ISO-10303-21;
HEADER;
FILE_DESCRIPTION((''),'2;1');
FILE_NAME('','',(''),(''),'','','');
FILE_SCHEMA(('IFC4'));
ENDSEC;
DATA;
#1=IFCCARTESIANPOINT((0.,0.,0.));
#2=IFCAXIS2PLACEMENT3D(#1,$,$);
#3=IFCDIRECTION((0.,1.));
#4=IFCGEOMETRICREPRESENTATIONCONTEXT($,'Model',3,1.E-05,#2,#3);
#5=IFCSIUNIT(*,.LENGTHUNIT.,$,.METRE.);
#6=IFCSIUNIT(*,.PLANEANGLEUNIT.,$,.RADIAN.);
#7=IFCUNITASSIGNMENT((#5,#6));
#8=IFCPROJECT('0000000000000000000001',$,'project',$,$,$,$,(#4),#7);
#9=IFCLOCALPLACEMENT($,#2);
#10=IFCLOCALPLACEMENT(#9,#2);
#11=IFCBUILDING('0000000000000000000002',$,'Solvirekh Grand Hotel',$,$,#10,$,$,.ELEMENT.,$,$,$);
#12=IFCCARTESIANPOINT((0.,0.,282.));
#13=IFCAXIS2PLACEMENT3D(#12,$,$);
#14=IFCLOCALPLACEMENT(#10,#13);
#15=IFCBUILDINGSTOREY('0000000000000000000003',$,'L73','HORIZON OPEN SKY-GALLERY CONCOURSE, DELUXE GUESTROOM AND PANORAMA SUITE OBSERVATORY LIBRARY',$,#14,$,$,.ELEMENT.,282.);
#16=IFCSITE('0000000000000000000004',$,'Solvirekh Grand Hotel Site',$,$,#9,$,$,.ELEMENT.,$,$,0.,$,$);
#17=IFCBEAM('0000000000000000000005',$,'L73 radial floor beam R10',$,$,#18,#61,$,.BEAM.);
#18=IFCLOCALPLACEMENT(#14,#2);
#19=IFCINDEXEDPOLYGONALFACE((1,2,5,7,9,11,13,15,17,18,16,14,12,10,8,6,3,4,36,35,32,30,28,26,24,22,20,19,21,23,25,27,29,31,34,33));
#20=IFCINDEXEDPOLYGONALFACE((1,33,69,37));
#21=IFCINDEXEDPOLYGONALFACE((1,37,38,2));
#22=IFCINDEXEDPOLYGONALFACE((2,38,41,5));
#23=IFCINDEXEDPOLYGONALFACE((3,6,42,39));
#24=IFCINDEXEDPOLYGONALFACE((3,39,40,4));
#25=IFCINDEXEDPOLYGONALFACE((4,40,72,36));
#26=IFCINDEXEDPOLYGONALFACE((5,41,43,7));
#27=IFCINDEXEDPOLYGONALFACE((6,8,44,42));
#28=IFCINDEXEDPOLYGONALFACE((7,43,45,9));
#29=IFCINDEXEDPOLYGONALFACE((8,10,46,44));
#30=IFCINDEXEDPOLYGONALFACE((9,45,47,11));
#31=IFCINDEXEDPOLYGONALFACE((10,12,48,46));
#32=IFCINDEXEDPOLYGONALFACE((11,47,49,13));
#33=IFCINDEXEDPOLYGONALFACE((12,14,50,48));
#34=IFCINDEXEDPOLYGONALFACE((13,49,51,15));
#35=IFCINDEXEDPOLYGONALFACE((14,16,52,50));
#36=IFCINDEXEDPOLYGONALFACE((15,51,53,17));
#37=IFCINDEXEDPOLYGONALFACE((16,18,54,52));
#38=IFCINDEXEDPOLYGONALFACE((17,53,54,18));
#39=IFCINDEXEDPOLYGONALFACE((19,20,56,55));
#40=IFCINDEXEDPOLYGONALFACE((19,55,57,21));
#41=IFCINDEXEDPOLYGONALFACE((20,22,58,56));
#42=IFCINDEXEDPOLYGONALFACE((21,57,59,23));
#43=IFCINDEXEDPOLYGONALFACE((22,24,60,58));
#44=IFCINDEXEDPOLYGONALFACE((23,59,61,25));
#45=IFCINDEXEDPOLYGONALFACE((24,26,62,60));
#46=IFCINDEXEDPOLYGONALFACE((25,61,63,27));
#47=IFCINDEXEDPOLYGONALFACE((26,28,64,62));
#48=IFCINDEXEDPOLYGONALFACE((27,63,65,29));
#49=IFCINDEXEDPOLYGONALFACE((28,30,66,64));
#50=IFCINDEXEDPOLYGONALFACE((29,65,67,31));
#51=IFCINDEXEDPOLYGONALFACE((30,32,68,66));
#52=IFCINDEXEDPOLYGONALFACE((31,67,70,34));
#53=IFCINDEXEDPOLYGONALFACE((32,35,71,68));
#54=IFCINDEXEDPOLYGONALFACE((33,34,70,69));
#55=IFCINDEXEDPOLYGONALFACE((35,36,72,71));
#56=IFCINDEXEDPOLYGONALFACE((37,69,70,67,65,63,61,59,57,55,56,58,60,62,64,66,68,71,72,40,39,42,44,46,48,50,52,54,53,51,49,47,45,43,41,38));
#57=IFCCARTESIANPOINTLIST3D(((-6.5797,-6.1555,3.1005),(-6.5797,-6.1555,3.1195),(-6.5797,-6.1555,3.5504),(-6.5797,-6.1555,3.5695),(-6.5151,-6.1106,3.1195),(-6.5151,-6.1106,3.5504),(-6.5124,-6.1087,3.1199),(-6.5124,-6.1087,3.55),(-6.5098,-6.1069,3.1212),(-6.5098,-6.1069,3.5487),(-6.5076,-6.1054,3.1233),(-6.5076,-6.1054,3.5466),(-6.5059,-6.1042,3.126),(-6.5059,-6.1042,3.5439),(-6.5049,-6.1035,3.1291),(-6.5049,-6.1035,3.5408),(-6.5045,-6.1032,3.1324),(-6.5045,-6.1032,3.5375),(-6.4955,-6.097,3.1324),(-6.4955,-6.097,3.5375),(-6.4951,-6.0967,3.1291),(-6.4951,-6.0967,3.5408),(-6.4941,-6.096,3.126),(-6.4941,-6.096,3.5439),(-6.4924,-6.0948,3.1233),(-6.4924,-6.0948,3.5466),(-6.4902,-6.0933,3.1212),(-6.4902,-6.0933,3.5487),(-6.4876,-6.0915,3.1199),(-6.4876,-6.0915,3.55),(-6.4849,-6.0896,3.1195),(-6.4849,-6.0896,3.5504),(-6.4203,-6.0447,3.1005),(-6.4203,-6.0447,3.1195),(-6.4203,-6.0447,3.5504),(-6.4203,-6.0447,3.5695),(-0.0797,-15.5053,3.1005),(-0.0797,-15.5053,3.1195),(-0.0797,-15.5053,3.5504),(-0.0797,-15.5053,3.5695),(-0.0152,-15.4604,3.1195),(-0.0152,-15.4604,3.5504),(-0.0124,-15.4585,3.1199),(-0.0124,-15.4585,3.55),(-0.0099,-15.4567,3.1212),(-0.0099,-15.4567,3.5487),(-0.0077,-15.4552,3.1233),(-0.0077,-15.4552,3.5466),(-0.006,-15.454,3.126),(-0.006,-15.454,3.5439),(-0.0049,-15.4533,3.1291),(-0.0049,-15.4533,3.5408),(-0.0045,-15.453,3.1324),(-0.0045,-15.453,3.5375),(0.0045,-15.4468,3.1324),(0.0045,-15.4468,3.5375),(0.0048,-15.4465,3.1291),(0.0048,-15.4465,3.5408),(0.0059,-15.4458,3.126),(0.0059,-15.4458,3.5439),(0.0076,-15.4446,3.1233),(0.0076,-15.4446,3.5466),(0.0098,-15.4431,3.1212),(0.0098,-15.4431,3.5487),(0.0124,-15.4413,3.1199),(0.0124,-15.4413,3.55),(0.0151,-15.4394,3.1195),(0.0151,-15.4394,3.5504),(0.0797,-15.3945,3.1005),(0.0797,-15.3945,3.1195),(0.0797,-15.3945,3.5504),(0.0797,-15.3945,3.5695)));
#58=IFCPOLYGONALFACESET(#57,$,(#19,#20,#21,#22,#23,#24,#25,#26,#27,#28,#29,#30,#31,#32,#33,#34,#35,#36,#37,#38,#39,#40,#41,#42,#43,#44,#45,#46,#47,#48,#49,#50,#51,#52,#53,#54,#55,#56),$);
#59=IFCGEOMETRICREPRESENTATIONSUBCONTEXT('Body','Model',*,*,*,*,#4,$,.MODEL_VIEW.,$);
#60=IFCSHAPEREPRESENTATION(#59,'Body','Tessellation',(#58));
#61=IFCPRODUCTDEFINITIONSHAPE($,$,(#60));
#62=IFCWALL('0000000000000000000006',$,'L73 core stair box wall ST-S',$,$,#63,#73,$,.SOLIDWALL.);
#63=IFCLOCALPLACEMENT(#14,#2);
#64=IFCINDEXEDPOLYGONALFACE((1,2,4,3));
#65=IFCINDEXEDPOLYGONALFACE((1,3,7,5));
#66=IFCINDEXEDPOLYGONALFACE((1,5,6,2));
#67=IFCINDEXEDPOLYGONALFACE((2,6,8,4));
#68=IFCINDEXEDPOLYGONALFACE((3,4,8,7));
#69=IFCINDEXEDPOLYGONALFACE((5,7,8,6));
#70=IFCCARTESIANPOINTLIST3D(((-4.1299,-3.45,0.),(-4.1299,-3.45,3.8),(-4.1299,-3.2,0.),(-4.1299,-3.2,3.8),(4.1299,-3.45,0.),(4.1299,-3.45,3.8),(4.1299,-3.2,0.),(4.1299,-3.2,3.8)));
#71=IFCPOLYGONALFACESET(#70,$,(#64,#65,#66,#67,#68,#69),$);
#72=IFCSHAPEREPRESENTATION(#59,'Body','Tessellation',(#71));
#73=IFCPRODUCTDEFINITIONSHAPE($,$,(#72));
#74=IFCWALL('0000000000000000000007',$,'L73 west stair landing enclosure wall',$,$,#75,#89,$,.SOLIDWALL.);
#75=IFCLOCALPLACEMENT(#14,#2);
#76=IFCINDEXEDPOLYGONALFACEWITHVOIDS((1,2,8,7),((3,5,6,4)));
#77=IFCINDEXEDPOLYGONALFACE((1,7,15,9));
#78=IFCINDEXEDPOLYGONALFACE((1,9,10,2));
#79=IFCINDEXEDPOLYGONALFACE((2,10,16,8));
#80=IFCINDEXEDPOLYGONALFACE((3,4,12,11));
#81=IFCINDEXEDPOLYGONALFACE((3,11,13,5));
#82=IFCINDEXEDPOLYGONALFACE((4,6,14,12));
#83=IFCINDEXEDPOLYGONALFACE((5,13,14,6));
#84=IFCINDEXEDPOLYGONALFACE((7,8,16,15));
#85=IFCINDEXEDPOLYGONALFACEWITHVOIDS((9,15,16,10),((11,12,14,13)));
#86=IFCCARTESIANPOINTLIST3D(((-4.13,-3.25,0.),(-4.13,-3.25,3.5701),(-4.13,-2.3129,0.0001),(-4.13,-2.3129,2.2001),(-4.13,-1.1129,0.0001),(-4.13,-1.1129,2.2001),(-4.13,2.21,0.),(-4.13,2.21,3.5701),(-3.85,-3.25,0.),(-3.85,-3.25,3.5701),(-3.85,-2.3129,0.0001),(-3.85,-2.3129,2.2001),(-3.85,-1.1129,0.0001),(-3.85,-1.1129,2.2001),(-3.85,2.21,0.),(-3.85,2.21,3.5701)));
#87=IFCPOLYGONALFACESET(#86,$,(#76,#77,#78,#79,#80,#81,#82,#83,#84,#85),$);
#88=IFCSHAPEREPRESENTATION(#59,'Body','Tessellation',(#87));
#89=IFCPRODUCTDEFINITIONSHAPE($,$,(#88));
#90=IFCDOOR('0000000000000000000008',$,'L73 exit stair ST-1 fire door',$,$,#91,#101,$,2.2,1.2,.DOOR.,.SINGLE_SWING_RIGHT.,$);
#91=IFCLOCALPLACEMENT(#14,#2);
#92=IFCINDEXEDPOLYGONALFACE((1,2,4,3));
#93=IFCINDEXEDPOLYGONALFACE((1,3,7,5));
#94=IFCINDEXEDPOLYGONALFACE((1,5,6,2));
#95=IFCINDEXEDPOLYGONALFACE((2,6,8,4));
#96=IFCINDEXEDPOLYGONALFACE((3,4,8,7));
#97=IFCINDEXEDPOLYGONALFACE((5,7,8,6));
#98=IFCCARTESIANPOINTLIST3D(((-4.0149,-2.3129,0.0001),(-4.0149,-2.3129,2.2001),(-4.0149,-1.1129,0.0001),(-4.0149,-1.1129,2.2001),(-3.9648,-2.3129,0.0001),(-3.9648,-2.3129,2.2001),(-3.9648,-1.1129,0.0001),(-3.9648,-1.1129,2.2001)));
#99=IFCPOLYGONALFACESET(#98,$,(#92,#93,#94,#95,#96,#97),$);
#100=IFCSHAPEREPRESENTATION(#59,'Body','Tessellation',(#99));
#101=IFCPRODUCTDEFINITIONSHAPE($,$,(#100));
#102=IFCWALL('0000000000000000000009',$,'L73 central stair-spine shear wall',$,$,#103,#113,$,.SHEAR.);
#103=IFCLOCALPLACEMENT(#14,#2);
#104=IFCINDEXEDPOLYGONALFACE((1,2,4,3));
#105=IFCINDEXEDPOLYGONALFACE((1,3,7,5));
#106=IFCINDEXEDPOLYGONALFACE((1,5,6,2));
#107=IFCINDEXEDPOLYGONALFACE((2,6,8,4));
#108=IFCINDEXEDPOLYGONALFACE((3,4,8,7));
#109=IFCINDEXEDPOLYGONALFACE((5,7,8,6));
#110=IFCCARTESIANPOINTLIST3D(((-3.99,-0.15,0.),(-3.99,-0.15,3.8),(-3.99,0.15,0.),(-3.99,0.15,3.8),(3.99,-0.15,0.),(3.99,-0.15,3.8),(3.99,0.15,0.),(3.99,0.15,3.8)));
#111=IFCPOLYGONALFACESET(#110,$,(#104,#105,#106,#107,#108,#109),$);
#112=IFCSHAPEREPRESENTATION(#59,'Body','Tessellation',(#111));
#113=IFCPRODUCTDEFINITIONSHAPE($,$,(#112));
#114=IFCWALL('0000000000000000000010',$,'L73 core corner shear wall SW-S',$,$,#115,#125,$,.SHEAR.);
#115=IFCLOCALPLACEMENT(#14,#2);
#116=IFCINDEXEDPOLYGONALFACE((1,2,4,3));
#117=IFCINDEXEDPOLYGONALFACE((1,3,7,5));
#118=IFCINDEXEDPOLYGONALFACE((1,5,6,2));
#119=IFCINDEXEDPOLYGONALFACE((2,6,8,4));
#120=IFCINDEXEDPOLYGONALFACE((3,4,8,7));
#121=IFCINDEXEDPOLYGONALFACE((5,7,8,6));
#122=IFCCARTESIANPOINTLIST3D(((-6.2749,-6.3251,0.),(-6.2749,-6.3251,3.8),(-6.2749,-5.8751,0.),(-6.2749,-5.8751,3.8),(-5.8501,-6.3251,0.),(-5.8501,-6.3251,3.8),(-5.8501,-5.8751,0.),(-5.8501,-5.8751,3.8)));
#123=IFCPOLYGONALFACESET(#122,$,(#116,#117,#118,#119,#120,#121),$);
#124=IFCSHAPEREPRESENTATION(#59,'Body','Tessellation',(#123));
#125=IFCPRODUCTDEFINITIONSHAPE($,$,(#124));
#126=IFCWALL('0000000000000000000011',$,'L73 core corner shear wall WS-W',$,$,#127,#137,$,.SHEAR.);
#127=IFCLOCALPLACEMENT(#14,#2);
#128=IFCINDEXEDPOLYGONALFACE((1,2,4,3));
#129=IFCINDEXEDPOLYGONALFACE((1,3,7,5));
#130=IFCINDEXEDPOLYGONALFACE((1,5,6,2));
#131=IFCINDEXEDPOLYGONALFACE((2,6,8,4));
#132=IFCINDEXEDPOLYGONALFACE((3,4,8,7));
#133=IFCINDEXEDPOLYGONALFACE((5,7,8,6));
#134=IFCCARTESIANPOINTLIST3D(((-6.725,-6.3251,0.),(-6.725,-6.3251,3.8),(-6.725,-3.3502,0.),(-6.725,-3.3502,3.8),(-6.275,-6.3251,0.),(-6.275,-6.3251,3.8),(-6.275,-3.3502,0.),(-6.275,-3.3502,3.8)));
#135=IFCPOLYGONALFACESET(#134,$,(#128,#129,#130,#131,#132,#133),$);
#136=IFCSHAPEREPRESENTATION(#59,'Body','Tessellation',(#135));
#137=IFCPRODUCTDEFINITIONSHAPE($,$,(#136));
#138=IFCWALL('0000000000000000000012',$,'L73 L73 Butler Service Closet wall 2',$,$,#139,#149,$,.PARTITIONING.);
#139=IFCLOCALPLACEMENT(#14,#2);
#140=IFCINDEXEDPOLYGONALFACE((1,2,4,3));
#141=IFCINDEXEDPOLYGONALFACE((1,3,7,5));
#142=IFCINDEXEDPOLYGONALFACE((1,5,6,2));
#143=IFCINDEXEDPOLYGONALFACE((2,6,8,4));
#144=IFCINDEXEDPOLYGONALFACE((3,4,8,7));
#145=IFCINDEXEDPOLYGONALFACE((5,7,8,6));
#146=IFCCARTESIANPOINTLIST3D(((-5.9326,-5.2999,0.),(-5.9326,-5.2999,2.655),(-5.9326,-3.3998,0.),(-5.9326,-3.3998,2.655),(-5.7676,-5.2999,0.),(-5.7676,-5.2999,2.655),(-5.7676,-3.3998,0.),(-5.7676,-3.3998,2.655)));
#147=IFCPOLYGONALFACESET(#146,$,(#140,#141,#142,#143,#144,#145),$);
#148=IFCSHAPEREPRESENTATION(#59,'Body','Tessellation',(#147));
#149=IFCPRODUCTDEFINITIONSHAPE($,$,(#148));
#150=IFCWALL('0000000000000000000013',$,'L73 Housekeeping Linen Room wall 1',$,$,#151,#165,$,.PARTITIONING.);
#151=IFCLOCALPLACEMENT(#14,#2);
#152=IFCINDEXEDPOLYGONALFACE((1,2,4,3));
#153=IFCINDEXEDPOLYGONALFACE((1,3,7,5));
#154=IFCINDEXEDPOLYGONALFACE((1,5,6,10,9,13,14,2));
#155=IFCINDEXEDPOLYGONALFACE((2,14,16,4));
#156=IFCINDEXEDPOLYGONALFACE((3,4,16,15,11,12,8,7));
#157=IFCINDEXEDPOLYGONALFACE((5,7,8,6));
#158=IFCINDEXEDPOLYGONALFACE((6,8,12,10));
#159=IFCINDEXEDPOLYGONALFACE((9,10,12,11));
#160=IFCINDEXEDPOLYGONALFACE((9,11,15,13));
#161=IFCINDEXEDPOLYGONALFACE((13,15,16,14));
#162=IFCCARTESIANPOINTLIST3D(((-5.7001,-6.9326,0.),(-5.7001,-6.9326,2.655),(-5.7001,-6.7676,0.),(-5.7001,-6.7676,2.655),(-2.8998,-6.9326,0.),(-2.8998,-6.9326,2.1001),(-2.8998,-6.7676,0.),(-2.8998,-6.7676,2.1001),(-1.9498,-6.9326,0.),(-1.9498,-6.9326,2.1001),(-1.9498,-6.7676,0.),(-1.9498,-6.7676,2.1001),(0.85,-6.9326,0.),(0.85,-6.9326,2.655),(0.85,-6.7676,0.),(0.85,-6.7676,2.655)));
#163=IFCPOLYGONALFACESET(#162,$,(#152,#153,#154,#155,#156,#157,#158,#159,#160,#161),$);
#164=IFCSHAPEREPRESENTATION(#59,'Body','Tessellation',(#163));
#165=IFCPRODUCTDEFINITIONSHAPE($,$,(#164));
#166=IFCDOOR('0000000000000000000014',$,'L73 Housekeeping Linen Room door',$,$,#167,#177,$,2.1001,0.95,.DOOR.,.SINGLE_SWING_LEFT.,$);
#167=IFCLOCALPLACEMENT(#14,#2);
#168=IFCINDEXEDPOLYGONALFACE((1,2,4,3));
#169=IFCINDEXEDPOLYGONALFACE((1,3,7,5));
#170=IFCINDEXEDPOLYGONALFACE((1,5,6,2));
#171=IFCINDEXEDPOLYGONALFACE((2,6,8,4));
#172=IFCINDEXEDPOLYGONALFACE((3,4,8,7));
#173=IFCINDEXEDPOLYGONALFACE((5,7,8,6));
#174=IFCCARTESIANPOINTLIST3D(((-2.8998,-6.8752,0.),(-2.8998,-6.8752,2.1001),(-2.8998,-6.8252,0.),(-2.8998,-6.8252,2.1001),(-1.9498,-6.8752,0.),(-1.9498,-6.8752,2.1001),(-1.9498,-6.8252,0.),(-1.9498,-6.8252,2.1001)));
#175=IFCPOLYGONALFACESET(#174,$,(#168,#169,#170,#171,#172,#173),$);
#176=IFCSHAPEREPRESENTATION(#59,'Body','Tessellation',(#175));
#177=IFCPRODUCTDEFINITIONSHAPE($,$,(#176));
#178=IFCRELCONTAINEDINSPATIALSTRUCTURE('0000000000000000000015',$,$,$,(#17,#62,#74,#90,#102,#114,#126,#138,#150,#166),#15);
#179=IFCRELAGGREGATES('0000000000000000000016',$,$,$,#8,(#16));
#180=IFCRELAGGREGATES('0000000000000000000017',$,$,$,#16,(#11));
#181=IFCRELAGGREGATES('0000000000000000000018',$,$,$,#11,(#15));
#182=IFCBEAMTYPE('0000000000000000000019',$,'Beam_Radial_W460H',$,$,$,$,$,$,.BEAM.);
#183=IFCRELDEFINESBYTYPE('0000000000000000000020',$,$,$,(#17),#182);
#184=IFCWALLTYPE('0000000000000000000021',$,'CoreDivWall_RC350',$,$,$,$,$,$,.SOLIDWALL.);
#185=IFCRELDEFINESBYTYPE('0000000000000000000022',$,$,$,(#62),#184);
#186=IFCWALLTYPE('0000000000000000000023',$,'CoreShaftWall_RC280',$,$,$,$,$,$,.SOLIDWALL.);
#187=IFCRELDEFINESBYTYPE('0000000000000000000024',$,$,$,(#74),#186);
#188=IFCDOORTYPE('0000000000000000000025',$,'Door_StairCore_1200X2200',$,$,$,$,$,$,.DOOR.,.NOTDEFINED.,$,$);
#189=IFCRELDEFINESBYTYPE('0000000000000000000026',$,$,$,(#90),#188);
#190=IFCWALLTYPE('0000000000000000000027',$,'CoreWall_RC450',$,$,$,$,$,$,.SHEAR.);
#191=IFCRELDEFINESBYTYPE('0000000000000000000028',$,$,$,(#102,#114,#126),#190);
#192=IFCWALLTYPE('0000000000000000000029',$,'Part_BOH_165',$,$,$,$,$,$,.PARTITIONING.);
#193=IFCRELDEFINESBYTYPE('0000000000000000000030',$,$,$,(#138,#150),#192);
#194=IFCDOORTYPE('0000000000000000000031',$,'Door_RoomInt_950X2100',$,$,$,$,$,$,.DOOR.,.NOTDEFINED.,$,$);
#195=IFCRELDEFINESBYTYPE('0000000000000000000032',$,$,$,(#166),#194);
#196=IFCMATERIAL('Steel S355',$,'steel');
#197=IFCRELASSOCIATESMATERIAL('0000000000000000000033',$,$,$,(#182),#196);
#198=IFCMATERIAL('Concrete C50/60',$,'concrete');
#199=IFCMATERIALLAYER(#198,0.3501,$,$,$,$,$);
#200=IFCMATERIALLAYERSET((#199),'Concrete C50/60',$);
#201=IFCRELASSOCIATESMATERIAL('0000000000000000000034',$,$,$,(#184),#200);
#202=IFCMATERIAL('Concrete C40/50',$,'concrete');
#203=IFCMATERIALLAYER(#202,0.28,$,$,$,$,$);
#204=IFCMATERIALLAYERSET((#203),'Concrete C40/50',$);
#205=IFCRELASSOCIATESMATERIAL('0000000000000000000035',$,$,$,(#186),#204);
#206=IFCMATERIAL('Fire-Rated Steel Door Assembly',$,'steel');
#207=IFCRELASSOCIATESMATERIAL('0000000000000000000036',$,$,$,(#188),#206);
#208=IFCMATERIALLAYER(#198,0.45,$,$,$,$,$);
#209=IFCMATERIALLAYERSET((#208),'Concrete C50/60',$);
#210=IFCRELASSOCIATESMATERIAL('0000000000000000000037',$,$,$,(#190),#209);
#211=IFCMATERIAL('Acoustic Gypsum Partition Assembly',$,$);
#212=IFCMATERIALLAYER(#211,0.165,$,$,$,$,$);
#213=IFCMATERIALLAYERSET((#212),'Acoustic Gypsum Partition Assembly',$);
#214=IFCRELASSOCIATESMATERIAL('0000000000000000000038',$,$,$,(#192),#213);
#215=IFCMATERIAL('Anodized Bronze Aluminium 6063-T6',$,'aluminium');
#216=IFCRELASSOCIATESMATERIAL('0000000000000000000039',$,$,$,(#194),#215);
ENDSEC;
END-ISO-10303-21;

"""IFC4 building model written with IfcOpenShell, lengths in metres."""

from ifc_helpers import new_model, si_unit, direction, frame, frame_2d, origin, origin_2d, place, context, subcontext, project, spatial, rectangle, i_section, extrude, material, layer, layer_set, material_profile, profile_set, type_object, element, fill, save


model = new_model("IFC4")

# Units and contexts
model_context = context("Model", 3, precision=1e-05, world=origin(), true_north=direction((0.0, 1.0)))
body_context = subcontext(model_context, "Body", "Model", "MODEL_VIEW")
ifc_project = project(units=[si_unit("LENGTHUNIT", "METRE"), si_unit("PLANEANGLEUNIT", "RADIAN")], contexts=[model_context])

# Site, building, storey
site_placement = place(None, origin())
site = spatial("IfcSite", under=ifc_project, at=site_placement, Name="Solvirekh Grand Hotel Site", CompositionType="ELEMENT", RefElevation=0.0)
building_placement = place(site_placement, origin())
building = spatial("IfcBuilding", under=site, at=building_placement, Name="Solvirekh Grand Hotel", CompositionType="ELEMENT")
storey_placement = place(building_placement, frame((0.0, 0.0, 282.0)))
storey = spatial("IfcBuildingStorey", under=building, at=storey_placement, Name="L73", Description="HORIZON OPEN SKY-GALLERY CONCOURSE, DELUXE GUESTROOM AND PANORAMA SUITE OBSERVATORY LIBRARY", CompositionType="ELEMENT", Elevation=282.0)

# Shared definitions
ifc_material_1 = material(Name="Concrete C50/60", Category="concrete")

# Beam
ifc_material_2 = material(Name="Steel S355", Category="steel")
ifc_material_profile_1 = material_profile(ifc_material_2, i_section(OverallWidth=0.1941, OverallDepth=0.469, WebThickness=0.011, FlangeThickness=0.019, FilletRadius=0.0129, at=origin_2d()), Name="W460X106")
ifc_profile_set_1 = profile_set([ifc_material_profile_1], Name="Steel S355")
beam_type_1 = type_object("IfcBeamType", Name="Beam_Radial_W460H", PredefinedType="BEAM", material=ifc_profile_set_1)
beam_1_placement = place(storey_placement, frame((-6.5, -6.1001, 3.335), z_axis=(0.570813, -0.82108, 0.0), x_axis=(0.82108, 0.570813, 0.0)))
element("IfcBeam", 1, at=beam_1_placement, inside=storey, type_object=beam_type_1, Name="L73 radial floor beam R10", PredefinedType="BEAM", context=body_context, shape_type="SweptSolid", body=[
    extrude(i_section(OverallWidth=0.1941, OverallDepth=0.469, WebThickness=0.011, FlangeThickness=0.019, FilletRadius=0.0129, at=origin_2d()), origin(), (0.0, 0.0, 1.0), 11.3872),
])

# Wall
ifc_layer_1 = layer(ifc_material_1, 0.3501)
ifc_layer_set_1 = layer_set([ifc_layer_1], Name="Concrete C50/60")
wall_type_1 = type_object("IfcWallType", Name="CoreDivWall_RC350", PredefinedType="SOLIDWALL", material=ifc_layer_set_1)
wall_1_placement = place(storey_placement, frame((-4.1299, -3.325, 0.0), z_axis=(0.0, 0.0, 1.0), x_axis=(1.0, 0.0, 0.0)))
element("IfcWall", 2, at=wall_1_placement, inside=storey, type_object=wall_type_1, Name="L73 core stair box wall ST-S", PredefinedType="SOLIDWALL", context=body_context, shape_type="SweptSolid", body=[
    extrude(rectangle(XDim=8.2598, YDim=0.25, at=frame_2d((4.1299, 0.0))), origin(), (0.0, 0.0, 1.0), 3.8),
])

# Wall, opening, door
ifc_material_3 = material(Name="Concrete C40/50", Category="concrete")
ifc_layer_2 = layer(ifc_material_3, 0.28)
ifc_layer_set_2 = layer_set([ifc_layer_2], Name="Concrete C40/50")
wall_type_2 = type_object("IfcWallType", Name="CoreShaftWall_RC280", PredefinedType="SOLIDWALL", material=ifc_layer_set_2)
wall_2_placement = place(storey_placement, frame((-3.99, -3.25, 0.0), z_axis=(0.0, 0.0, 1.0), x_axis=(0.0, 1.0, 0.0)))
wall_2 = element("IfcWall", 3, at=wall_2_placement, inside=storey, type_object=wall_type_2, Name="L73 west stair landing enclosure wall", PredefinedType="SOLIDWALL", context=body_context, shape_type="SweptSolid", body=[
    extrude(rectangle(XDim=5.46, YDim=0.28, at=frame_2d((2.73, 0.0))), origin(), (0.0, 0.0, 1.0), 3.5701),
])
opening_1_placement = place(wall_2_placement, frame((0.937, 0.0, 0.0)))
opening_1 = element("IfcOpeningElement", 4, at=opening_1_placement, cuts=wall_2, PredefinedType="OPENING", context=body_context, shape_type="SweptSolid", body=[
    extrude(rectangle(XDim=1.2, YDim=2.2, at=frame_2d((0.6001, 1.1001))), frame((0.0, 0.1499, 0.0), z_axis=(0.0, -1.0, 0.0), x_axis=(1.0, 0.0, 0.0)), (0.0, 0.0, 1.0), 0.3),
])
ifc_material_4 = material(Name="Fire-Rated Steel Door Assembly", Category="steel")
door_type_1 = type_object("IfcDoorType", Name="Door_StairCore_1200X2200", OperationType="NOTDEFINED", PredefinedType="DOOR", material=ifc_material_4)
door_1_placement = place(opening_1_placement, origin())
door_1 = element("IfcDoor", 5, at=door_1_placement, inside=storey, type_object=door_type_1, Name="L73 exit stair ST-1 fire door", OperationType="SINGLE_SWING_RIGHT", OverallHeight=2.2, OverallWidth=1.2, PredefinedType="DOOR", context=body_context, shape_type="SweptSolid", body=[
    extrude(rectangle(XDim=1.2, YDim=2.2, at=frame_2d((0.6001, 1.1001))), frame((0.0, 0.0249, 0.0), z_axis=(0.0, -1.0, 0.0), x_axis=(1.0, 0.0, 0.0)), (0.0, 0.0, 1.0), 0.05),
])
fill(opening_1, door_1)

# Walls
ifc_layer_3 = layer(ifc_material_1, 0.45)
ifc_layer_set_3 = layer_set([ifc_layer_3], Name="Concrete C50/60")
wall_type_3 = type_object("IfcWallType", Name="CoreWall_RC450", PredefinedType="SHEAR", material=ifc_layer_set_3)
wall_3_placement = place(storey_placement, frame((-3.99, 0.0, 0.0), z_axis=(0.0, 0.0, 1.0), x_axis=(1.0, 0.0, 0.0)))
element("IfcWall", 6, at=wall_3_placement, inside=storey, type_object=wall_type_3, Name="L73 central stair-spine shear wall", PredefinedType="SHEAR", context=body_context, shape_type="SweptSolid", body=[
    extrude(rectangle(XDim=7.98, YDim=0.3, at=frame_2d((3.99, 0.0))), origin(), (0.0, 0.0, 1.0), 3.8),
])
wall_4_placement = place(storey_placement, frame((-6.2749, -6.1001, 0.0), z_axis=(0.0, 0.0, 1.0), x_axis=(1.0, 0.0, 0.0)))
element("IfcWall", 7, at=wall_4_placement, inside=storey, type_object=wall_type_3, Name="L73 core corner shear wall SW-S", PredefinedType="SHEAR", context=body_context, shape_type="SweptSolid", body=[
    extrude(rectangle(XDim=0.4248, YDim=0.45, at=frame_2d((0.2124, 0.0))), origin(), (0.0, 0.0, 1.0), 3.8),
])
wall_5_placement = place(storey_placement, frame((-6.5, -6.325, 0.0), z_axis=(0.0, 0.0, 1.0), x_axis=(0.0, 1.0, 0.0)))
element("IfcWall", 8, at=wall_5_placement, inside=storey, type_object=wall_type_3, Name="L73 core corner shear wall WS-W", PredefinedType="SHEAR", context=body_context, shape_type="SweptSolid", body=[
    extrude(rectangle(XDim=2.9749, YDim=0.45, at=frame_2d((1.4873, 0.0))), origin(), (0.0, 0.0, 1.0), 3.8),
])
ifc_material_5 = material(Name="Acoustic Gypsum Partition Assembly")
ifc_layer_4 = layer(ifc_material_5, 0.165)
ifc_layer_set_4 = layer_set([ifc_layer_4], Name="Acoustic Gypsum Partition Assembly")
wall_type_4 = type_object("IfcWallType", Name="Part_BOH_165", PredefinedType="PARTITIONING", material=ifc_layer_set_4)
wall_6_placement = place(storey_placement, frame((-5.8501, -5.3, 0.0), z_axis=(0.0, 0.0, 1.0), x_axis=(0.0, 1.0, 0.0)))
element("IfcWall", 9, at=wall_6_placement, inside=storey, type_object=wall_type_4, Name="L73 L73 Butler Service Closet wall 2", PredefinedType="PARTITIONING", context=body_context, shape_type="SweptSolid", body=[
    extrude(rectangle(XDim=1.9001, YDim=0.165, at=frame_2d((0.9502, 0.0))), origin(), (0.0, 0.0, 1.0), 2.655),
])

# Wall, opening, door
wall_7_placement = place(storey_placement, frame((-5.7, -6.8501, 0.0), z_axis=(0.0, 0.0, 1.0), x_axis=(1.0, 0.0, 0.0)))
wall_7 = element("IfcWall", 10, at=wall_7_placement, inside=storey, type_object=wall_type_4, Name="L73 Housekeeping Linen Room wall 1", PredefinedType="PARTITIONING", context=body_context, shape_type="SweptSolid", body=[
    extrude(rectangle(XDim=6.55, YDim=0.165, at=frame_2d((3.2749, 0.0))), origin(), (0.0, 0.0, 1.0), 2.655),
])
opening_2_placement = place(wall_7_placement, frame((2.8, 0.0, 0.0)))
opening_2 = element("IfcOpeningElement", 11, at=opening_2_placement, cuts=wall_7, PredefinedType="OPENING", context=body_context, shape_type="SweptSolid", body=[
    extrude(rectangle(XDim=0.95, YDim=2.1001, at=frame_2d((0.4751, 1.05))), frame((0.0, 0.0925, 0.0), z_axis=(0.0, -1.0, 0.0), x_axis=(1.0, 0.0, 0.0)), (0.0, 0.0, 1.0), 0.1851),
])
ifc_material_6 = material(Name="Anodized Bronze Aluminium 6063-T6", Category="aluminium")
door_type_2 = type_object("IfcDoorType", Name="Door_RoomInt_950X2100", OperationType="NOTDEFINED", PredefinedType="DOOR", material=ifc_material_6)
door_2_placement = place(opening_2_placement, origin())
door_2 = element("IfcDoor", 12, at=door_2_placement, inside=storey, type_object=door_type_2, Name="L73 Housekeeping Linen Room door", OperationType="SINGLE_SWING_LEFT", OverallHeight=2.1001, OverallWidth=0.95, PredefinedType="DOOR", context=body_context, shape_type="SweptSolid", body=[
    extrude(rectangle(XDim=0.95, YDim=2.1001, at=frame_2d((0.4751, 1.05))), frame((0.0, 0.0249, 0.0), z_axis=(0.0, -1.0, 0.0), x_axis=(1.0, 0.0, 0.0)), (0.0, 0.0, 1.0), 0.05),
])
fill(opening_2, door_2)

save(model, "model.ifc")
